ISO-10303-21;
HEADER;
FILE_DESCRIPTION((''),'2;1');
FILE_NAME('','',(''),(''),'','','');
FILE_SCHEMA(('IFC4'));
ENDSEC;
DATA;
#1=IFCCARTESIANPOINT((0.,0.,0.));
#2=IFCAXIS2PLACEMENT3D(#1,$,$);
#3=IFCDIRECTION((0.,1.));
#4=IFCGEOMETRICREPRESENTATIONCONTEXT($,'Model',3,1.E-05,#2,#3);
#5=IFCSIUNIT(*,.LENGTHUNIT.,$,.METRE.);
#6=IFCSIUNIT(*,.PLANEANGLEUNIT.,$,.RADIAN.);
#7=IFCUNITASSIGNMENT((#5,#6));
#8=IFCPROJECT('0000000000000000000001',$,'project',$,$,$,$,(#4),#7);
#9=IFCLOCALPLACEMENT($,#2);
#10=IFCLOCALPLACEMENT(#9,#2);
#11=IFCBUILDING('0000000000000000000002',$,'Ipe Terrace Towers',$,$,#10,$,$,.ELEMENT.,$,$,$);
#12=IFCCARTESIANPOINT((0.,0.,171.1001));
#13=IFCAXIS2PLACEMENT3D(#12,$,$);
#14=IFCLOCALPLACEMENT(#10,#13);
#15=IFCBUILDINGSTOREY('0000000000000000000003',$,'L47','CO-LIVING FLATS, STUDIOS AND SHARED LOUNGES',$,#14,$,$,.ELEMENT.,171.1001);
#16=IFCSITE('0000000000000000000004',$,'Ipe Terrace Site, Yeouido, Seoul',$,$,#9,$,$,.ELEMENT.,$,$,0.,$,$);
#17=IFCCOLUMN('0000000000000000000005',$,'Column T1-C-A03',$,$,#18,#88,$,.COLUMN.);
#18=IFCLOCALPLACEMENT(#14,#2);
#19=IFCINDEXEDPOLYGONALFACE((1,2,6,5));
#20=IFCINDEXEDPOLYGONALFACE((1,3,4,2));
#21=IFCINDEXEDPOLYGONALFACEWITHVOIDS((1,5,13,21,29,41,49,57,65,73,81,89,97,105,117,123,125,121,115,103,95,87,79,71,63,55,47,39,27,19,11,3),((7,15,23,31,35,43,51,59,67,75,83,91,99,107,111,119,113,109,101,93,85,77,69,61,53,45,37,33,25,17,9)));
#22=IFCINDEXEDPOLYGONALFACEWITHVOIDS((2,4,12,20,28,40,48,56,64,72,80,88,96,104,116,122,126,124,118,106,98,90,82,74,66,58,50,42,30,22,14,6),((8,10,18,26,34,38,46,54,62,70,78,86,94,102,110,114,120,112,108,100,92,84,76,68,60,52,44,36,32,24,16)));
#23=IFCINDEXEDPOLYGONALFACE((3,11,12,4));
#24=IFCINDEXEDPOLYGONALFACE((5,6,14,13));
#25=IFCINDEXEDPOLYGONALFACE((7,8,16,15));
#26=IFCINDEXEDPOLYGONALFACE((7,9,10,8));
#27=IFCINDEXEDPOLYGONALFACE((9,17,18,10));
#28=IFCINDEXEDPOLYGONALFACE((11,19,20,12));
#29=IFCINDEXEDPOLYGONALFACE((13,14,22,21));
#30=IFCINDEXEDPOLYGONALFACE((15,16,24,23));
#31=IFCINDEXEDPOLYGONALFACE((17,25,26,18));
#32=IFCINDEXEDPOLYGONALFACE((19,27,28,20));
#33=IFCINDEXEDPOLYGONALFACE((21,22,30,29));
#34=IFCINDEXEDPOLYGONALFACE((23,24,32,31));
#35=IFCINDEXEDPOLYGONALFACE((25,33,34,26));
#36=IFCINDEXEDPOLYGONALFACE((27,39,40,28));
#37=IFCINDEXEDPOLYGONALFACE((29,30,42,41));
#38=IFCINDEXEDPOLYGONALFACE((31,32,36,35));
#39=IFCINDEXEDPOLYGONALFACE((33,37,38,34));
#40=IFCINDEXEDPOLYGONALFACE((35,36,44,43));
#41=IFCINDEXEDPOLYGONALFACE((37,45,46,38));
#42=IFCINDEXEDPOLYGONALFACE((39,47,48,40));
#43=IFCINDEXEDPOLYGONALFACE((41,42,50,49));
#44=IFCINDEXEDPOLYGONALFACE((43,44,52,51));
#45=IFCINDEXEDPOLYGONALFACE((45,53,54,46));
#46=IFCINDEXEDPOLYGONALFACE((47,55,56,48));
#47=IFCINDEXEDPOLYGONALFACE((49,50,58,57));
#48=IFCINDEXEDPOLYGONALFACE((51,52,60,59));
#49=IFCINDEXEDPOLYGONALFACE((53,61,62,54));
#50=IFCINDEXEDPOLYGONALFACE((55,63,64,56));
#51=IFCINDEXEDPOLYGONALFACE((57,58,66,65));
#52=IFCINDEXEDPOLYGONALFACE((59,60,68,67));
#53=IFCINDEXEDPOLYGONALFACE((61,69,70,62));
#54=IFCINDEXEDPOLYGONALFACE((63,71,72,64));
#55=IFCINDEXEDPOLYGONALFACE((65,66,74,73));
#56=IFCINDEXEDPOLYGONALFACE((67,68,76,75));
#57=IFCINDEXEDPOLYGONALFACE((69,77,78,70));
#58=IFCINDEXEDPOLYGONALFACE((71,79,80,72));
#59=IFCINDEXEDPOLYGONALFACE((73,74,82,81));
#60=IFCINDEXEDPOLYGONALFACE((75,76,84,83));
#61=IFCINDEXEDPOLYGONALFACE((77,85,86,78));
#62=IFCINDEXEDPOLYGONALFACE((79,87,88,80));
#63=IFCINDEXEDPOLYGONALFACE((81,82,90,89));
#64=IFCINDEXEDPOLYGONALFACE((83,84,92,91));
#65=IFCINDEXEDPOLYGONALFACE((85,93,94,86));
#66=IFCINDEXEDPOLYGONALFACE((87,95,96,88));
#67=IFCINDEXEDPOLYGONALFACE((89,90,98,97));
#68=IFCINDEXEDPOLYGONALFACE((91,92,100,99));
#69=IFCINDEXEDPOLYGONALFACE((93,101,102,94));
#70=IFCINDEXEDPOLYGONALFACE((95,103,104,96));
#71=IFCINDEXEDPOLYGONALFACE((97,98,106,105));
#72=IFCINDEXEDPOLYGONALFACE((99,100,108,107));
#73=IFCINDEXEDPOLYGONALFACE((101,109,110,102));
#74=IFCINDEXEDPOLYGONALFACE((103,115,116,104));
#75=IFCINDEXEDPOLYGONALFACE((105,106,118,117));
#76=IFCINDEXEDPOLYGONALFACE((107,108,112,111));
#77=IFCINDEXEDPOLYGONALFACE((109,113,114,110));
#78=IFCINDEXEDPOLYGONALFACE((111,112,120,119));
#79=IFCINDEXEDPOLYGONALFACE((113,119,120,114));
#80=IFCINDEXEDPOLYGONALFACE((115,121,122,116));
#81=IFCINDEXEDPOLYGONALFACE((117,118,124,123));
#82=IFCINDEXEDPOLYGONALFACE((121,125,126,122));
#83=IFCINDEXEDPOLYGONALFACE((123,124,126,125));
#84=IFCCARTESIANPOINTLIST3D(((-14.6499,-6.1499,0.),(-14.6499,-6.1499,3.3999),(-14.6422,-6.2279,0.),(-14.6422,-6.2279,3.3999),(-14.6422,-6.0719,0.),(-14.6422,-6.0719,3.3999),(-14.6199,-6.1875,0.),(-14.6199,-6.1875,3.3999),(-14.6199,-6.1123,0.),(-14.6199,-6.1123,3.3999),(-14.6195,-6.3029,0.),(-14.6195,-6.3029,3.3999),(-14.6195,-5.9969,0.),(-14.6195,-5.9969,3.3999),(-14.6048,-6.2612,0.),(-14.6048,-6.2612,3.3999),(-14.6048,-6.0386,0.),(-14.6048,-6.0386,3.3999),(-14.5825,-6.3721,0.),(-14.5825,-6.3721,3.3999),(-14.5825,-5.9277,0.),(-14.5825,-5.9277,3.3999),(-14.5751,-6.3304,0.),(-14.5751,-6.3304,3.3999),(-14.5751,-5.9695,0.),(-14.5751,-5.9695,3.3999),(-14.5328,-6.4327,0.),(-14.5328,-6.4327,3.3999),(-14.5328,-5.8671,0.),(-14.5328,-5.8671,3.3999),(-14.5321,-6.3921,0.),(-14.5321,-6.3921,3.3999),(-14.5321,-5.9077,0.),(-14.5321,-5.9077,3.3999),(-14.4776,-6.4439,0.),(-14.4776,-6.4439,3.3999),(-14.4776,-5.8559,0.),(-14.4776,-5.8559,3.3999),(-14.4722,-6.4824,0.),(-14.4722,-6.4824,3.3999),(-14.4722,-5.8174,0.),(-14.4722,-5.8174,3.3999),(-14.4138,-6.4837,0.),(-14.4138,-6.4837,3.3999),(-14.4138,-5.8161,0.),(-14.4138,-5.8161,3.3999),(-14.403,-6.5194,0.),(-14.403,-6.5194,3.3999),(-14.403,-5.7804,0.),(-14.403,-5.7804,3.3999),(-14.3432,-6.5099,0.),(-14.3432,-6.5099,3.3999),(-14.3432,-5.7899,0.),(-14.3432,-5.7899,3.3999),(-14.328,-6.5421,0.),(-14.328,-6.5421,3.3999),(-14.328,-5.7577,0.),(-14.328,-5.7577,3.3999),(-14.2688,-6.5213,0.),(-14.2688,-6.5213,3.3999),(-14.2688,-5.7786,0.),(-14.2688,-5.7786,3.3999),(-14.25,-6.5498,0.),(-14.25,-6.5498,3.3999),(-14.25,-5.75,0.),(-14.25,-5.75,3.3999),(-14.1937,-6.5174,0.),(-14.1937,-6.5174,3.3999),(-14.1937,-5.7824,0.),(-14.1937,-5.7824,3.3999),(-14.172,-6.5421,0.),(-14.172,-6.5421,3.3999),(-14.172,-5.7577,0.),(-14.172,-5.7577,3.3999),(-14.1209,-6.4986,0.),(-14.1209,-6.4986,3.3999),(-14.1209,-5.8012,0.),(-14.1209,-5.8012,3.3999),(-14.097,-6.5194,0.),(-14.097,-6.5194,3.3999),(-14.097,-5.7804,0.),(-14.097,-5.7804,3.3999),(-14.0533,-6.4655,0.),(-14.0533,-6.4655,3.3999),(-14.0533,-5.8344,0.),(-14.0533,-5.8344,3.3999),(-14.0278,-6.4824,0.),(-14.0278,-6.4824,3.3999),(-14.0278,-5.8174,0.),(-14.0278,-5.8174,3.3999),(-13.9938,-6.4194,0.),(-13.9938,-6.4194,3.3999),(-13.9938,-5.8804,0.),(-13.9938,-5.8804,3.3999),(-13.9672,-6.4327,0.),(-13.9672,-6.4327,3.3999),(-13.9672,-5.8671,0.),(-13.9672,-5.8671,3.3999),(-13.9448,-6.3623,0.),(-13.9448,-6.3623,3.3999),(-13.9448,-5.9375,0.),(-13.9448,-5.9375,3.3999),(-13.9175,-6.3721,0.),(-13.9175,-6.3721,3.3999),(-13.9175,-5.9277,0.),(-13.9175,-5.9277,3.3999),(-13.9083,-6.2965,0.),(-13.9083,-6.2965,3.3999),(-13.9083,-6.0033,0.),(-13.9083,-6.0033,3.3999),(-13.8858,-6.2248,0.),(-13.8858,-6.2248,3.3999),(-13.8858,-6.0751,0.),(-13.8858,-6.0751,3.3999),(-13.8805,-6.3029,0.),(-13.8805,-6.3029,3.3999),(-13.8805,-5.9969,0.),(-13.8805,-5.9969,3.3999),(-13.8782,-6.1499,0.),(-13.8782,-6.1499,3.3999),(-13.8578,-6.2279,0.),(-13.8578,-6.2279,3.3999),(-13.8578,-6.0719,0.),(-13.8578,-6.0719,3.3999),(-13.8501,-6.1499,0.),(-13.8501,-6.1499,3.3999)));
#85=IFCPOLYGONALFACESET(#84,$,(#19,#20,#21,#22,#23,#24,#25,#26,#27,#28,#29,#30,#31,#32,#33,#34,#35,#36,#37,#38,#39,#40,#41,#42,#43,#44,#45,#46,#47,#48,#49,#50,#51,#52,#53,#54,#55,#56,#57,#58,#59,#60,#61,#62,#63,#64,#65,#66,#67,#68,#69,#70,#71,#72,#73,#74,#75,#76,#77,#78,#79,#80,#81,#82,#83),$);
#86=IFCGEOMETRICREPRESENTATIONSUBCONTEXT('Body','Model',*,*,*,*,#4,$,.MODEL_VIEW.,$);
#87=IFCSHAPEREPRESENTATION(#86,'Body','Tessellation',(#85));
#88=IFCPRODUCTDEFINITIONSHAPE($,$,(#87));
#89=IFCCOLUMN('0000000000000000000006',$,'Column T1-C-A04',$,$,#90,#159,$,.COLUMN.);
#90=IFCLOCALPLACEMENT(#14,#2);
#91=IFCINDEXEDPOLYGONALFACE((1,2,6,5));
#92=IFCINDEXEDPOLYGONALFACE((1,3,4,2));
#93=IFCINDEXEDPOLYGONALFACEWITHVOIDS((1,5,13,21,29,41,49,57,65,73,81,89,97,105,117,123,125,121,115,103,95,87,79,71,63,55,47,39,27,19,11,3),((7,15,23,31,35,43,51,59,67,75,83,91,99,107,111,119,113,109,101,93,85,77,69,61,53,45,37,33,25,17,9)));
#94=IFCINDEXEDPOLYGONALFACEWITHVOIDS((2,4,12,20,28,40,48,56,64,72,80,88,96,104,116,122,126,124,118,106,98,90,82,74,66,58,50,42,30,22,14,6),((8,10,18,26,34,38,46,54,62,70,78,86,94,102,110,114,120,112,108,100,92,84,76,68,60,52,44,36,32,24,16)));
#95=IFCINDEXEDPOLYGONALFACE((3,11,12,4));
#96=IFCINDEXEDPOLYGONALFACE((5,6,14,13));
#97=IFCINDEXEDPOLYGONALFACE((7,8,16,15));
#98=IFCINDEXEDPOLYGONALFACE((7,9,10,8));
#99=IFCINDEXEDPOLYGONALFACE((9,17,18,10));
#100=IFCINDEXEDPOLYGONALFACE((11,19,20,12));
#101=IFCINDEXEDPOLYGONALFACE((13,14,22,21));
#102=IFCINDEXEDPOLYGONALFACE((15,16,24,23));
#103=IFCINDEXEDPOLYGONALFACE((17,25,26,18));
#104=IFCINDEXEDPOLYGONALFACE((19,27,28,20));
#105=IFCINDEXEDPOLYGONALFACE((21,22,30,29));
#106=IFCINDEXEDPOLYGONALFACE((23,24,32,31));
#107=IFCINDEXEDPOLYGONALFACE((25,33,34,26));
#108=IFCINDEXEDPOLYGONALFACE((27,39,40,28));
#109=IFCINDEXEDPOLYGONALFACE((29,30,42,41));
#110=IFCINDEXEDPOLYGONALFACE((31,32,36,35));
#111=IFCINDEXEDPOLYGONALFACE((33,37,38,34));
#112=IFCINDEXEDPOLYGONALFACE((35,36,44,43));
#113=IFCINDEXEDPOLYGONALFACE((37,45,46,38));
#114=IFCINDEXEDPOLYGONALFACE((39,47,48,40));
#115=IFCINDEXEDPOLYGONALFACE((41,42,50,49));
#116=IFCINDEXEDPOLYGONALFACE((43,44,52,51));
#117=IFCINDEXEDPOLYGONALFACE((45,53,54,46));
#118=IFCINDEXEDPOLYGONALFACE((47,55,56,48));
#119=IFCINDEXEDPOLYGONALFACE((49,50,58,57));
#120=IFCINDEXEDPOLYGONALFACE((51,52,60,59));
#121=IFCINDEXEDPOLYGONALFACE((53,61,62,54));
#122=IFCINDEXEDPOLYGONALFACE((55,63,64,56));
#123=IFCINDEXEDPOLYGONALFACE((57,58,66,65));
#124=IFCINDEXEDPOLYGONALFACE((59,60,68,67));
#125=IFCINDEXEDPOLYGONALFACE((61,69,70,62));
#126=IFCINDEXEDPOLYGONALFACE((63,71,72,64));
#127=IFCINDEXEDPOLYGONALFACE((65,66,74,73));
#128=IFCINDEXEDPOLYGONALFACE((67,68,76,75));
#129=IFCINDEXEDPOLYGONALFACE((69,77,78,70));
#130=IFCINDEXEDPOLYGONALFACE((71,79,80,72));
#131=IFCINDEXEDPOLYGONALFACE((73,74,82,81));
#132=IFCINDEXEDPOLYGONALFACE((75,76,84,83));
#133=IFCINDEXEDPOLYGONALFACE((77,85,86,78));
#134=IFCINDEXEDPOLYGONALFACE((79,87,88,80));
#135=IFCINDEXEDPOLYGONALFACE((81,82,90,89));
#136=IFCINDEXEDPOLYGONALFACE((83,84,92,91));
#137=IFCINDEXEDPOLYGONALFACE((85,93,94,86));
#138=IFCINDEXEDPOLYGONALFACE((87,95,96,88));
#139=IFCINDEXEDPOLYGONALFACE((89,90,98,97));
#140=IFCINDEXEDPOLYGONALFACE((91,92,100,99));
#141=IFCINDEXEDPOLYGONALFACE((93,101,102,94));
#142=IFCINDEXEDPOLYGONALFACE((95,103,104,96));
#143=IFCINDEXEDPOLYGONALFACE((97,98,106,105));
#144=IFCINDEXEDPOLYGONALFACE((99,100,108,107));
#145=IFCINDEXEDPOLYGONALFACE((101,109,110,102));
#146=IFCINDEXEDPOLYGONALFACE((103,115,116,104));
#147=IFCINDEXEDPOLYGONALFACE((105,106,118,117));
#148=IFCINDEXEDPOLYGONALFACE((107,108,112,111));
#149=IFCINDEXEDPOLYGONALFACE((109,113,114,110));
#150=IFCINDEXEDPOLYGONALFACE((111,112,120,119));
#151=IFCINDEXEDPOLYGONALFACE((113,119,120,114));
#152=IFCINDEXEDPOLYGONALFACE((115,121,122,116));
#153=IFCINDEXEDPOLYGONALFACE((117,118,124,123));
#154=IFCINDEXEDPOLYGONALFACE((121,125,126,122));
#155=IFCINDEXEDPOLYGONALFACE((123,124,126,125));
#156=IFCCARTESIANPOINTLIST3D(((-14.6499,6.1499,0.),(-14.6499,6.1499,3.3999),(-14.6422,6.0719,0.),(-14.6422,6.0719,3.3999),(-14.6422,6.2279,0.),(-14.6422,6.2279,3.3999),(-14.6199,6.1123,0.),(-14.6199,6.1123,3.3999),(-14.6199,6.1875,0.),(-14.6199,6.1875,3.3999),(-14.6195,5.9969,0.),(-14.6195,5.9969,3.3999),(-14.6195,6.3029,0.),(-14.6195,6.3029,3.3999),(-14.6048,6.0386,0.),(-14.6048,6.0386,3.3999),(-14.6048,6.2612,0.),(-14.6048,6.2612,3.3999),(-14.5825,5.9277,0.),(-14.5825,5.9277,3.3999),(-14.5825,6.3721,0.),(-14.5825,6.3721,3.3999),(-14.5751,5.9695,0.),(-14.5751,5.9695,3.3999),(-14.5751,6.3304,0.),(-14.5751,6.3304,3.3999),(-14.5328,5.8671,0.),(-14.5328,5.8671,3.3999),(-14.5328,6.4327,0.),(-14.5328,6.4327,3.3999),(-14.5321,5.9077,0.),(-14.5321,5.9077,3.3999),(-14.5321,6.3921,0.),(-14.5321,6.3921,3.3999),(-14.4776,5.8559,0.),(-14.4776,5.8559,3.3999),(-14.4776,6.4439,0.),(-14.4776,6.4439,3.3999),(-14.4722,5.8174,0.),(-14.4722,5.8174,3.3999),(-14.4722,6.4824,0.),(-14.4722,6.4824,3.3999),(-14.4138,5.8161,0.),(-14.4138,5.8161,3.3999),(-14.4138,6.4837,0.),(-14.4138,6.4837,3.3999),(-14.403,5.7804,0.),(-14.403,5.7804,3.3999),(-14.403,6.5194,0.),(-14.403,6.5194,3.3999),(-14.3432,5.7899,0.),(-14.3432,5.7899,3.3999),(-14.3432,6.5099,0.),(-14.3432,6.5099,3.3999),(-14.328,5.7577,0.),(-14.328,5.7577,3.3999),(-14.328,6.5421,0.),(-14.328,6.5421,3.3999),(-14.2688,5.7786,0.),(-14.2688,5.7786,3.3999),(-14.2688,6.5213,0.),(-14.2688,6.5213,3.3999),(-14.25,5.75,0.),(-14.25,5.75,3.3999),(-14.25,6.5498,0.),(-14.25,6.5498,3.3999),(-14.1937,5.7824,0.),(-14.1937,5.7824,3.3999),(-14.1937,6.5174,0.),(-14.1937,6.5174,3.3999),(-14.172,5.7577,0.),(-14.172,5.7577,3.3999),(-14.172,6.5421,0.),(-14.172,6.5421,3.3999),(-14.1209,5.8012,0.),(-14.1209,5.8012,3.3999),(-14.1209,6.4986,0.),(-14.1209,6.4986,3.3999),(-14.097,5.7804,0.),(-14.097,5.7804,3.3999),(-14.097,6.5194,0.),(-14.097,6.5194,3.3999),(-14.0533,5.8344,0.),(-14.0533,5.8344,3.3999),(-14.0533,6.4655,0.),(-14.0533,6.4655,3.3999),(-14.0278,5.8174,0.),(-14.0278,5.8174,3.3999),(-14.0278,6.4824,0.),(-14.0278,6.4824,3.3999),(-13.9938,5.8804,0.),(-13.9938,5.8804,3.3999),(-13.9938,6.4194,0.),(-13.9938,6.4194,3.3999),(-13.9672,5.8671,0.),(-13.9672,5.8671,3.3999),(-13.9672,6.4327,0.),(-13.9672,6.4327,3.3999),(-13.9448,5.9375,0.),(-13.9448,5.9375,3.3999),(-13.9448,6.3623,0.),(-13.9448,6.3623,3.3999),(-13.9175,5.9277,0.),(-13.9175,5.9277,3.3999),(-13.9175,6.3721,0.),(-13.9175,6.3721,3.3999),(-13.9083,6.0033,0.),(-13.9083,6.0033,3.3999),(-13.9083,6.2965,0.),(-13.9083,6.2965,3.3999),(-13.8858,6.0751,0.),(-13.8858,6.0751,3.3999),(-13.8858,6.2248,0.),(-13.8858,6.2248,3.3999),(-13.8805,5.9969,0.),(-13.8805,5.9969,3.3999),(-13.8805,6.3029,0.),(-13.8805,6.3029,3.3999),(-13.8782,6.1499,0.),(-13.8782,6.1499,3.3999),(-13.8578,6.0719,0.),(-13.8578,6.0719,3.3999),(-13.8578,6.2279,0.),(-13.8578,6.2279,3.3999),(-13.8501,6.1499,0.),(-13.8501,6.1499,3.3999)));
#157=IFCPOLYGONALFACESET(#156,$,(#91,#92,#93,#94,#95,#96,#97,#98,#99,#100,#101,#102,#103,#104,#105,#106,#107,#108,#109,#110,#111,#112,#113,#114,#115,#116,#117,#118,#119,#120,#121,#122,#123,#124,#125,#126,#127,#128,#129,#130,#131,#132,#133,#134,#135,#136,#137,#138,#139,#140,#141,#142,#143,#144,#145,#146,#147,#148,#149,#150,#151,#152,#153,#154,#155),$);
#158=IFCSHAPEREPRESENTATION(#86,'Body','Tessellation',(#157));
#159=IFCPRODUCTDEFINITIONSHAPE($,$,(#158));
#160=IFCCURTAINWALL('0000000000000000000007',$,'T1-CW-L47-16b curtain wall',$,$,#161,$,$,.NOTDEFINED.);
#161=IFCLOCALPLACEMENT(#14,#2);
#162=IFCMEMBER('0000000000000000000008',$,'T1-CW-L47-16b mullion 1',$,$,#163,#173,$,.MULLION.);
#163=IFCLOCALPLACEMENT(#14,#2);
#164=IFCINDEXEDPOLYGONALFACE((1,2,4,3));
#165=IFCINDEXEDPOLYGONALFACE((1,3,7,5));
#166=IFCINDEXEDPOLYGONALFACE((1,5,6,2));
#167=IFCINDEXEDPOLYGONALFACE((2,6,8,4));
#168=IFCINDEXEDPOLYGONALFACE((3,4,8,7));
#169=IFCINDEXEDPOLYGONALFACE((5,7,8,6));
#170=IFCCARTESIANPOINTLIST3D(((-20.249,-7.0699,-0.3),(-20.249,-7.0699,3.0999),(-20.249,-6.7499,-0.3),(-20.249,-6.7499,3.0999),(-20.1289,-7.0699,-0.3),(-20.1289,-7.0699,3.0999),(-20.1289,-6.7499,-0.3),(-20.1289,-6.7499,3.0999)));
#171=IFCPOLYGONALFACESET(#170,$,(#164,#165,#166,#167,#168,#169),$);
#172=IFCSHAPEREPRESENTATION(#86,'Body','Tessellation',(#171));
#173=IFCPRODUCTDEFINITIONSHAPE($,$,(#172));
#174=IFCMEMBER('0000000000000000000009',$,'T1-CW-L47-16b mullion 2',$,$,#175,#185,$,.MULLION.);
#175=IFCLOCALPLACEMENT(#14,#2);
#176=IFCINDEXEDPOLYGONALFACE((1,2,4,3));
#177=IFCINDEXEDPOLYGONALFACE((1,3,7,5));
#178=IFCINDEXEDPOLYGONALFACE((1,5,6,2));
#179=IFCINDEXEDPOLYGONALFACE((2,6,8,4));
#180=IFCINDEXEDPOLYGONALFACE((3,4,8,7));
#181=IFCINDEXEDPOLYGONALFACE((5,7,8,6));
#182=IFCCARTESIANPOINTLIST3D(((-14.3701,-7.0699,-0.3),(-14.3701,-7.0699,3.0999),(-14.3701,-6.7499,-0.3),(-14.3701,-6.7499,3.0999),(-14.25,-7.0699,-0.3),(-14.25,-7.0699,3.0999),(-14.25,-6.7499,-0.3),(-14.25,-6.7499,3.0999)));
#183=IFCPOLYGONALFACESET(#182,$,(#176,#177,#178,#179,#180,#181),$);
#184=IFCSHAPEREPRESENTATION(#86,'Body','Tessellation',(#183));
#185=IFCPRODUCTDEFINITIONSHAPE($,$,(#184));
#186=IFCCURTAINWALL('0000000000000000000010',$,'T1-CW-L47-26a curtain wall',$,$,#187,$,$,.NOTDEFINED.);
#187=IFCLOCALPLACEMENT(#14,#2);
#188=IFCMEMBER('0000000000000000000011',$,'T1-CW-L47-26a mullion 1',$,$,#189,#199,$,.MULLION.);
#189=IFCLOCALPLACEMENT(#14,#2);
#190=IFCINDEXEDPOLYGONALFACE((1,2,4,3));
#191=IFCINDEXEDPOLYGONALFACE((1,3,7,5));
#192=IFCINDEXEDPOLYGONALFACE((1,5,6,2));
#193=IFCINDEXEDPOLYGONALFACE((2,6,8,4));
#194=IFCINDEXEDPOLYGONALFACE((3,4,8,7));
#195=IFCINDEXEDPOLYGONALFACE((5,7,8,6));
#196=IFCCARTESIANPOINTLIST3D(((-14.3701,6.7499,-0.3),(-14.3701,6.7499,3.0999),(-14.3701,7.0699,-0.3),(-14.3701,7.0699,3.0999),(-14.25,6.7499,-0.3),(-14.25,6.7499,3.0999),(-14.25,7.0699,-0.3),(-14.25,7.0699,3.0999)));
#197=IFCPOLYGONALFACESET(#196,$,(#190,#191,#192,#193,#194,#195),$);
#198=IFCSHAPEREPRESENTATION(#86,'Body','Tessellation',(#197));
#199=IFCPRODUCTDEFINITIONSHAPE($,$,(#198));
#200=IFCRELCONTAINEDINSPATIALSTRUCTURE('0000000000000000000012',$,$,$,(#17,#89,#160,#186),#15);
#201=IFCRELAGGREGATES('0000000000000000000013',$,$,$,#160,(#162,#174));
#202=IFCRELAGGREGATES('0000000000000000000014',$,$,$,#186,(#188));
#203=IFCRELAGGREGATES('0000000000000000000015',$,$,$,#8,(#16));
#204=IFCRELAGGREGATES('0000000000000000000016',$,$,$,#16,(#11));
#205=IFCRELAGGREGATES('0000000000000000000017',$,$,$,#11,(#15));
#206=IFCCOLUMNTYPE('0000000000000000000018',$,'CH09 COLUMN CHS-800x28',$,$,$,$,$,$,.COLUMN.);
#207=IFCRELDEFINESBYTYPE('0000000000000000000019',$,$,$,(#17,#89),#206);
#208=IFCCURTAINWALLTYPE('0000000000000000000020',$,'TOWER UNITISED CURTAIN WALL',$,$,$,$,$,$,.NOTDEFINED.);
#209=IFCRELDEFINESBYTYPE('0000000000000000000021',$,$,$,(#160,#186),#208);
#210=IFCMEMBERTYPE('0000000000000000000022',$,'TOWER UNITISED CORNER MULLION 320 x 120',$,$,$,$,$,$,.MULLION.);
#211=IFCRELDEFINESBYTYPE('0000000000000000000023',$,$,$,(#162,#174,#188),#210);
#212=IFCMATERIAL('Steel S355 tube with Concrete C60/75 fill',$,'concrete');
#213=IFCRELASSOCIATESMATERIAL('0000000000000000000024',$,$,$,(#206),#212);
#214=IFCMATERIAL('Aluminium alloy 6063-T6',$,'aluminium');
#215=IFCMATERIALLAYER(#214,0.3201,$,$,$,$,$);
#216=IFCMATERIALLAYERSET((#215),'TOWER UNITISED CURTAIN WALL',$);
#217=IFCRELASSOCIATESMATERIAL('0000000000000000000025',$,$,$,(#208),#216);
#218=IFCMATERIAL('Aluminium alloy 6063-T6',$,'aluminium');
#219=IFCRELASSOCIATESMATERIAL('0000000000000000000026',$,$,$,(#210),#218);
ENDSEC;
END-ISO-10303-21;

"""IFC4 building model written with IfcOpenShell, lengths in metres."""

from ifc_helpers import new_model, si_unit, direction, frame, origin, origin_2d, place, context, subcontext, project, spatial, rectangle, hollow_circle, extrude, material, layer, layer_set, material_profile, profile_set, type_object, element, aggregate, save


model = new_model("IFC4")

# Units and contexts
model_context = context("Model", 3, precision=1e-05, world=origin(), true_north=direction((0.0, 1.0)))
body_context = subcontext(model_context, "Body", "Model", "MODEL_VIEW")
ifc_project = project(units=[si_unit("LENGTHUNIT", "METRE"), si_unit("PLANEANGLEUNIT", "RADIAN")], contexts=[model_context])

# Site, building, storey
site_placement = place(None, origin())
site = spatial("IfcSite", under=ifc_project, at=site_placement, Name="Ipe Terrace Site, Yeouido, Seoul", CompositionType="ELEMENT", RefElevation=0.0)
building_placement = place(site_placement, origin())
building = spatial("IfcBuilding", under=site, at=building_placement, Name="Ipe Terrace Towers", CompositionType="ELEMENT")
storey_placement = place(building_placement, frame((0.0, 0.0, 171.1001)))
storey = spatial("IfcBuildingStorey", under=building, at=storey_placement, Name="L47", Description="CO-LIVING FLATS, STUDIOS AND SHARED LOUNGES", CompositionType="ELEMENT", Elevation=171.1001)

# Columns
ifc_material_1 = material(Name="Steel S355 tube with Concrete C60/75 fill", Category="concrete")
ifc_material_profile_1 = material_profile(ifc_material_1, hollow_circle(Radius=0.3999, WallThickness=0.0281, at=origin_2d()), Name="CHS-800x28")
ifc_profile_set_1 = profile_set([ifc_material_profile_1], Name="Steel S355 tube with Concrete C60/75 fill")
column_type = type_object("IfcColumnType", Name="CH09 COLUMN CHS-800x28", PredefinedType="COLUMN", material=ifc_profile_set_1)
for number, where, z_axis, x_axis, name in (
    (1, (-14.25, -6.1499, 0.0), (0.0, 0.0, 1.0), (1.0, 0.0, 0.0), "Column T1-C-A03"),
    (2, (-14.25, 6.1499, 0.0), (0.0, 0.0, 1.0), (1.0, 0.0, 0.0), "Column T1-C-A04"),
):
    element("IfcColumn", number, at=place(storey_placement, frame(where, z_axis=z_axis, x_axis=x_axis)), inside=storey, type_object=column_type, Name=name, PredefinedType="COLUMN", context=body_context, shape_type="SweptSolid", body=[
        extrude(hollow_circle(Radius=0.3999, WallThickness=0.0281, at=origin_2d()), origin(), (0.0, 0.0, 1.0), 3.3999),
    ])

# Curtain walls, members
ifc_material_2 = material(Name="Aluminium alloy 6063-T6", Category="aluminium")
ifc_layer_1 = layer(ifc_material_2, 0.3201)
ifc_layer_set_1 = layer_set([ifc_layer_1], Name="TOWER UNITISED CURTAIN WALL")
curtain_wall_type = type_object("IfcCurtainWallType", Name="TOWER UNITISED CURTAIN WALL", PredefinedType="NOTDEFINED", material=ifc_layer_set_1)
curtain_wall_1_placement = place(storey_placement, origin())
curtain_wall_1 = element("IfcCurtainWall", 3, at=curtain_wall_1_placement, inside=storey, type_object=curtain_wall_type, Name="T1-CW-L47-16b curtain wall", PredefinedType="NOTDEFINED")
ifc_material_3 = material(Name="Aluminium alloy 6063-T6", Category="aluminium")
ifc_material_profile_2 = material_profile(ifc_material_3, rectangle(XDim=0.3201, YDim=0.1201, at=origin_2d()), Name="TOWER UNITISED CORNER MULLION 320 x 120")
ifc_profile_set_2 = profile_set([ifc_material_profile_2], Name="Aluminium alloy 6063-T6")
member_type = type_object("IfcMemberType", Name="TOWER UNITISED CORNER MULLION 320 x 120", PredefinedType="MULLION", material=ifc_profile_set_2)
member_1_placement = place(storey_placement, frame((-20.189, -6.9099, -0.3), z_axis=(0.0, 0.0, 1.0), x_axis=(0.0, -1.0, 0.0)))
member_1 = element("IfcMember", 4, at=member_1_placement, type_object=member_type, Name="T1-CW-L47-16b mullion 1", PredefinedType="MULLION", context=body_context, shape_type="SweptSolid", body=[
    extrude(rectangle(XDim=0.3201, YDim=0.1201, at=origin_2d()), origin(), (0.0, 0.0, 1.0), 3.3999),
])
member_2_placement = place(storey_placement, frame((-14.3101, -6.9099, -0.3), z_axis=(0.0, 0.0, 1.0), x_axis=(0.0, -1.0, 0.0)))
member_2 = element("IfcMember", 5, at=member_2_placement, type_object=member_type, Name="T1-CW-L47-16b mullion 2", PredefinedType="MULLION", context=body_context, shape_type="SweptSolid", body=[
    extrude(rectangle(XDim=0.3201, YDim=0.1201, at=origin_2d()), origin(), (0.0, 0.0, 1.0), 3.3999),
])
curtain_wall_2_placement = place(storey_placement, origin())
curtain_wall_2 = element("IfcCurtainWall", 6, at=curtain_wall_2_placement, inside=storey, type_object=curtain_wall_type, Name="T1-CW-L47-26a curtain wall", PredefinedType="NOTDEFINED")
member_3_placement = place(storey_placement, frame((-14.3101, 6.9099, -0.3), z_axis=(0.0, 0.0, 1.0), x_axis=(0.0, 1.0, 0.0)))
member_3 = element("IfcMember", 7, at=member_3_placement, type_object=member_type, Name="T1-CW-L47-26a mullion 1", PredefinedType="MULLION", context=body_context, shape_type="SweptSolid", body=[
    extrude(rectangle(XDim=0.3201, YDim=0.1201, at=origin_2d()), origin(), (0.0, 0.0, 1.0), 3.3999),
])

aggregate(curtain_wall_1, [member_1, member_2])
aggregate(curtain_wall_2, [member_3])

save(model, "model.ifc")
